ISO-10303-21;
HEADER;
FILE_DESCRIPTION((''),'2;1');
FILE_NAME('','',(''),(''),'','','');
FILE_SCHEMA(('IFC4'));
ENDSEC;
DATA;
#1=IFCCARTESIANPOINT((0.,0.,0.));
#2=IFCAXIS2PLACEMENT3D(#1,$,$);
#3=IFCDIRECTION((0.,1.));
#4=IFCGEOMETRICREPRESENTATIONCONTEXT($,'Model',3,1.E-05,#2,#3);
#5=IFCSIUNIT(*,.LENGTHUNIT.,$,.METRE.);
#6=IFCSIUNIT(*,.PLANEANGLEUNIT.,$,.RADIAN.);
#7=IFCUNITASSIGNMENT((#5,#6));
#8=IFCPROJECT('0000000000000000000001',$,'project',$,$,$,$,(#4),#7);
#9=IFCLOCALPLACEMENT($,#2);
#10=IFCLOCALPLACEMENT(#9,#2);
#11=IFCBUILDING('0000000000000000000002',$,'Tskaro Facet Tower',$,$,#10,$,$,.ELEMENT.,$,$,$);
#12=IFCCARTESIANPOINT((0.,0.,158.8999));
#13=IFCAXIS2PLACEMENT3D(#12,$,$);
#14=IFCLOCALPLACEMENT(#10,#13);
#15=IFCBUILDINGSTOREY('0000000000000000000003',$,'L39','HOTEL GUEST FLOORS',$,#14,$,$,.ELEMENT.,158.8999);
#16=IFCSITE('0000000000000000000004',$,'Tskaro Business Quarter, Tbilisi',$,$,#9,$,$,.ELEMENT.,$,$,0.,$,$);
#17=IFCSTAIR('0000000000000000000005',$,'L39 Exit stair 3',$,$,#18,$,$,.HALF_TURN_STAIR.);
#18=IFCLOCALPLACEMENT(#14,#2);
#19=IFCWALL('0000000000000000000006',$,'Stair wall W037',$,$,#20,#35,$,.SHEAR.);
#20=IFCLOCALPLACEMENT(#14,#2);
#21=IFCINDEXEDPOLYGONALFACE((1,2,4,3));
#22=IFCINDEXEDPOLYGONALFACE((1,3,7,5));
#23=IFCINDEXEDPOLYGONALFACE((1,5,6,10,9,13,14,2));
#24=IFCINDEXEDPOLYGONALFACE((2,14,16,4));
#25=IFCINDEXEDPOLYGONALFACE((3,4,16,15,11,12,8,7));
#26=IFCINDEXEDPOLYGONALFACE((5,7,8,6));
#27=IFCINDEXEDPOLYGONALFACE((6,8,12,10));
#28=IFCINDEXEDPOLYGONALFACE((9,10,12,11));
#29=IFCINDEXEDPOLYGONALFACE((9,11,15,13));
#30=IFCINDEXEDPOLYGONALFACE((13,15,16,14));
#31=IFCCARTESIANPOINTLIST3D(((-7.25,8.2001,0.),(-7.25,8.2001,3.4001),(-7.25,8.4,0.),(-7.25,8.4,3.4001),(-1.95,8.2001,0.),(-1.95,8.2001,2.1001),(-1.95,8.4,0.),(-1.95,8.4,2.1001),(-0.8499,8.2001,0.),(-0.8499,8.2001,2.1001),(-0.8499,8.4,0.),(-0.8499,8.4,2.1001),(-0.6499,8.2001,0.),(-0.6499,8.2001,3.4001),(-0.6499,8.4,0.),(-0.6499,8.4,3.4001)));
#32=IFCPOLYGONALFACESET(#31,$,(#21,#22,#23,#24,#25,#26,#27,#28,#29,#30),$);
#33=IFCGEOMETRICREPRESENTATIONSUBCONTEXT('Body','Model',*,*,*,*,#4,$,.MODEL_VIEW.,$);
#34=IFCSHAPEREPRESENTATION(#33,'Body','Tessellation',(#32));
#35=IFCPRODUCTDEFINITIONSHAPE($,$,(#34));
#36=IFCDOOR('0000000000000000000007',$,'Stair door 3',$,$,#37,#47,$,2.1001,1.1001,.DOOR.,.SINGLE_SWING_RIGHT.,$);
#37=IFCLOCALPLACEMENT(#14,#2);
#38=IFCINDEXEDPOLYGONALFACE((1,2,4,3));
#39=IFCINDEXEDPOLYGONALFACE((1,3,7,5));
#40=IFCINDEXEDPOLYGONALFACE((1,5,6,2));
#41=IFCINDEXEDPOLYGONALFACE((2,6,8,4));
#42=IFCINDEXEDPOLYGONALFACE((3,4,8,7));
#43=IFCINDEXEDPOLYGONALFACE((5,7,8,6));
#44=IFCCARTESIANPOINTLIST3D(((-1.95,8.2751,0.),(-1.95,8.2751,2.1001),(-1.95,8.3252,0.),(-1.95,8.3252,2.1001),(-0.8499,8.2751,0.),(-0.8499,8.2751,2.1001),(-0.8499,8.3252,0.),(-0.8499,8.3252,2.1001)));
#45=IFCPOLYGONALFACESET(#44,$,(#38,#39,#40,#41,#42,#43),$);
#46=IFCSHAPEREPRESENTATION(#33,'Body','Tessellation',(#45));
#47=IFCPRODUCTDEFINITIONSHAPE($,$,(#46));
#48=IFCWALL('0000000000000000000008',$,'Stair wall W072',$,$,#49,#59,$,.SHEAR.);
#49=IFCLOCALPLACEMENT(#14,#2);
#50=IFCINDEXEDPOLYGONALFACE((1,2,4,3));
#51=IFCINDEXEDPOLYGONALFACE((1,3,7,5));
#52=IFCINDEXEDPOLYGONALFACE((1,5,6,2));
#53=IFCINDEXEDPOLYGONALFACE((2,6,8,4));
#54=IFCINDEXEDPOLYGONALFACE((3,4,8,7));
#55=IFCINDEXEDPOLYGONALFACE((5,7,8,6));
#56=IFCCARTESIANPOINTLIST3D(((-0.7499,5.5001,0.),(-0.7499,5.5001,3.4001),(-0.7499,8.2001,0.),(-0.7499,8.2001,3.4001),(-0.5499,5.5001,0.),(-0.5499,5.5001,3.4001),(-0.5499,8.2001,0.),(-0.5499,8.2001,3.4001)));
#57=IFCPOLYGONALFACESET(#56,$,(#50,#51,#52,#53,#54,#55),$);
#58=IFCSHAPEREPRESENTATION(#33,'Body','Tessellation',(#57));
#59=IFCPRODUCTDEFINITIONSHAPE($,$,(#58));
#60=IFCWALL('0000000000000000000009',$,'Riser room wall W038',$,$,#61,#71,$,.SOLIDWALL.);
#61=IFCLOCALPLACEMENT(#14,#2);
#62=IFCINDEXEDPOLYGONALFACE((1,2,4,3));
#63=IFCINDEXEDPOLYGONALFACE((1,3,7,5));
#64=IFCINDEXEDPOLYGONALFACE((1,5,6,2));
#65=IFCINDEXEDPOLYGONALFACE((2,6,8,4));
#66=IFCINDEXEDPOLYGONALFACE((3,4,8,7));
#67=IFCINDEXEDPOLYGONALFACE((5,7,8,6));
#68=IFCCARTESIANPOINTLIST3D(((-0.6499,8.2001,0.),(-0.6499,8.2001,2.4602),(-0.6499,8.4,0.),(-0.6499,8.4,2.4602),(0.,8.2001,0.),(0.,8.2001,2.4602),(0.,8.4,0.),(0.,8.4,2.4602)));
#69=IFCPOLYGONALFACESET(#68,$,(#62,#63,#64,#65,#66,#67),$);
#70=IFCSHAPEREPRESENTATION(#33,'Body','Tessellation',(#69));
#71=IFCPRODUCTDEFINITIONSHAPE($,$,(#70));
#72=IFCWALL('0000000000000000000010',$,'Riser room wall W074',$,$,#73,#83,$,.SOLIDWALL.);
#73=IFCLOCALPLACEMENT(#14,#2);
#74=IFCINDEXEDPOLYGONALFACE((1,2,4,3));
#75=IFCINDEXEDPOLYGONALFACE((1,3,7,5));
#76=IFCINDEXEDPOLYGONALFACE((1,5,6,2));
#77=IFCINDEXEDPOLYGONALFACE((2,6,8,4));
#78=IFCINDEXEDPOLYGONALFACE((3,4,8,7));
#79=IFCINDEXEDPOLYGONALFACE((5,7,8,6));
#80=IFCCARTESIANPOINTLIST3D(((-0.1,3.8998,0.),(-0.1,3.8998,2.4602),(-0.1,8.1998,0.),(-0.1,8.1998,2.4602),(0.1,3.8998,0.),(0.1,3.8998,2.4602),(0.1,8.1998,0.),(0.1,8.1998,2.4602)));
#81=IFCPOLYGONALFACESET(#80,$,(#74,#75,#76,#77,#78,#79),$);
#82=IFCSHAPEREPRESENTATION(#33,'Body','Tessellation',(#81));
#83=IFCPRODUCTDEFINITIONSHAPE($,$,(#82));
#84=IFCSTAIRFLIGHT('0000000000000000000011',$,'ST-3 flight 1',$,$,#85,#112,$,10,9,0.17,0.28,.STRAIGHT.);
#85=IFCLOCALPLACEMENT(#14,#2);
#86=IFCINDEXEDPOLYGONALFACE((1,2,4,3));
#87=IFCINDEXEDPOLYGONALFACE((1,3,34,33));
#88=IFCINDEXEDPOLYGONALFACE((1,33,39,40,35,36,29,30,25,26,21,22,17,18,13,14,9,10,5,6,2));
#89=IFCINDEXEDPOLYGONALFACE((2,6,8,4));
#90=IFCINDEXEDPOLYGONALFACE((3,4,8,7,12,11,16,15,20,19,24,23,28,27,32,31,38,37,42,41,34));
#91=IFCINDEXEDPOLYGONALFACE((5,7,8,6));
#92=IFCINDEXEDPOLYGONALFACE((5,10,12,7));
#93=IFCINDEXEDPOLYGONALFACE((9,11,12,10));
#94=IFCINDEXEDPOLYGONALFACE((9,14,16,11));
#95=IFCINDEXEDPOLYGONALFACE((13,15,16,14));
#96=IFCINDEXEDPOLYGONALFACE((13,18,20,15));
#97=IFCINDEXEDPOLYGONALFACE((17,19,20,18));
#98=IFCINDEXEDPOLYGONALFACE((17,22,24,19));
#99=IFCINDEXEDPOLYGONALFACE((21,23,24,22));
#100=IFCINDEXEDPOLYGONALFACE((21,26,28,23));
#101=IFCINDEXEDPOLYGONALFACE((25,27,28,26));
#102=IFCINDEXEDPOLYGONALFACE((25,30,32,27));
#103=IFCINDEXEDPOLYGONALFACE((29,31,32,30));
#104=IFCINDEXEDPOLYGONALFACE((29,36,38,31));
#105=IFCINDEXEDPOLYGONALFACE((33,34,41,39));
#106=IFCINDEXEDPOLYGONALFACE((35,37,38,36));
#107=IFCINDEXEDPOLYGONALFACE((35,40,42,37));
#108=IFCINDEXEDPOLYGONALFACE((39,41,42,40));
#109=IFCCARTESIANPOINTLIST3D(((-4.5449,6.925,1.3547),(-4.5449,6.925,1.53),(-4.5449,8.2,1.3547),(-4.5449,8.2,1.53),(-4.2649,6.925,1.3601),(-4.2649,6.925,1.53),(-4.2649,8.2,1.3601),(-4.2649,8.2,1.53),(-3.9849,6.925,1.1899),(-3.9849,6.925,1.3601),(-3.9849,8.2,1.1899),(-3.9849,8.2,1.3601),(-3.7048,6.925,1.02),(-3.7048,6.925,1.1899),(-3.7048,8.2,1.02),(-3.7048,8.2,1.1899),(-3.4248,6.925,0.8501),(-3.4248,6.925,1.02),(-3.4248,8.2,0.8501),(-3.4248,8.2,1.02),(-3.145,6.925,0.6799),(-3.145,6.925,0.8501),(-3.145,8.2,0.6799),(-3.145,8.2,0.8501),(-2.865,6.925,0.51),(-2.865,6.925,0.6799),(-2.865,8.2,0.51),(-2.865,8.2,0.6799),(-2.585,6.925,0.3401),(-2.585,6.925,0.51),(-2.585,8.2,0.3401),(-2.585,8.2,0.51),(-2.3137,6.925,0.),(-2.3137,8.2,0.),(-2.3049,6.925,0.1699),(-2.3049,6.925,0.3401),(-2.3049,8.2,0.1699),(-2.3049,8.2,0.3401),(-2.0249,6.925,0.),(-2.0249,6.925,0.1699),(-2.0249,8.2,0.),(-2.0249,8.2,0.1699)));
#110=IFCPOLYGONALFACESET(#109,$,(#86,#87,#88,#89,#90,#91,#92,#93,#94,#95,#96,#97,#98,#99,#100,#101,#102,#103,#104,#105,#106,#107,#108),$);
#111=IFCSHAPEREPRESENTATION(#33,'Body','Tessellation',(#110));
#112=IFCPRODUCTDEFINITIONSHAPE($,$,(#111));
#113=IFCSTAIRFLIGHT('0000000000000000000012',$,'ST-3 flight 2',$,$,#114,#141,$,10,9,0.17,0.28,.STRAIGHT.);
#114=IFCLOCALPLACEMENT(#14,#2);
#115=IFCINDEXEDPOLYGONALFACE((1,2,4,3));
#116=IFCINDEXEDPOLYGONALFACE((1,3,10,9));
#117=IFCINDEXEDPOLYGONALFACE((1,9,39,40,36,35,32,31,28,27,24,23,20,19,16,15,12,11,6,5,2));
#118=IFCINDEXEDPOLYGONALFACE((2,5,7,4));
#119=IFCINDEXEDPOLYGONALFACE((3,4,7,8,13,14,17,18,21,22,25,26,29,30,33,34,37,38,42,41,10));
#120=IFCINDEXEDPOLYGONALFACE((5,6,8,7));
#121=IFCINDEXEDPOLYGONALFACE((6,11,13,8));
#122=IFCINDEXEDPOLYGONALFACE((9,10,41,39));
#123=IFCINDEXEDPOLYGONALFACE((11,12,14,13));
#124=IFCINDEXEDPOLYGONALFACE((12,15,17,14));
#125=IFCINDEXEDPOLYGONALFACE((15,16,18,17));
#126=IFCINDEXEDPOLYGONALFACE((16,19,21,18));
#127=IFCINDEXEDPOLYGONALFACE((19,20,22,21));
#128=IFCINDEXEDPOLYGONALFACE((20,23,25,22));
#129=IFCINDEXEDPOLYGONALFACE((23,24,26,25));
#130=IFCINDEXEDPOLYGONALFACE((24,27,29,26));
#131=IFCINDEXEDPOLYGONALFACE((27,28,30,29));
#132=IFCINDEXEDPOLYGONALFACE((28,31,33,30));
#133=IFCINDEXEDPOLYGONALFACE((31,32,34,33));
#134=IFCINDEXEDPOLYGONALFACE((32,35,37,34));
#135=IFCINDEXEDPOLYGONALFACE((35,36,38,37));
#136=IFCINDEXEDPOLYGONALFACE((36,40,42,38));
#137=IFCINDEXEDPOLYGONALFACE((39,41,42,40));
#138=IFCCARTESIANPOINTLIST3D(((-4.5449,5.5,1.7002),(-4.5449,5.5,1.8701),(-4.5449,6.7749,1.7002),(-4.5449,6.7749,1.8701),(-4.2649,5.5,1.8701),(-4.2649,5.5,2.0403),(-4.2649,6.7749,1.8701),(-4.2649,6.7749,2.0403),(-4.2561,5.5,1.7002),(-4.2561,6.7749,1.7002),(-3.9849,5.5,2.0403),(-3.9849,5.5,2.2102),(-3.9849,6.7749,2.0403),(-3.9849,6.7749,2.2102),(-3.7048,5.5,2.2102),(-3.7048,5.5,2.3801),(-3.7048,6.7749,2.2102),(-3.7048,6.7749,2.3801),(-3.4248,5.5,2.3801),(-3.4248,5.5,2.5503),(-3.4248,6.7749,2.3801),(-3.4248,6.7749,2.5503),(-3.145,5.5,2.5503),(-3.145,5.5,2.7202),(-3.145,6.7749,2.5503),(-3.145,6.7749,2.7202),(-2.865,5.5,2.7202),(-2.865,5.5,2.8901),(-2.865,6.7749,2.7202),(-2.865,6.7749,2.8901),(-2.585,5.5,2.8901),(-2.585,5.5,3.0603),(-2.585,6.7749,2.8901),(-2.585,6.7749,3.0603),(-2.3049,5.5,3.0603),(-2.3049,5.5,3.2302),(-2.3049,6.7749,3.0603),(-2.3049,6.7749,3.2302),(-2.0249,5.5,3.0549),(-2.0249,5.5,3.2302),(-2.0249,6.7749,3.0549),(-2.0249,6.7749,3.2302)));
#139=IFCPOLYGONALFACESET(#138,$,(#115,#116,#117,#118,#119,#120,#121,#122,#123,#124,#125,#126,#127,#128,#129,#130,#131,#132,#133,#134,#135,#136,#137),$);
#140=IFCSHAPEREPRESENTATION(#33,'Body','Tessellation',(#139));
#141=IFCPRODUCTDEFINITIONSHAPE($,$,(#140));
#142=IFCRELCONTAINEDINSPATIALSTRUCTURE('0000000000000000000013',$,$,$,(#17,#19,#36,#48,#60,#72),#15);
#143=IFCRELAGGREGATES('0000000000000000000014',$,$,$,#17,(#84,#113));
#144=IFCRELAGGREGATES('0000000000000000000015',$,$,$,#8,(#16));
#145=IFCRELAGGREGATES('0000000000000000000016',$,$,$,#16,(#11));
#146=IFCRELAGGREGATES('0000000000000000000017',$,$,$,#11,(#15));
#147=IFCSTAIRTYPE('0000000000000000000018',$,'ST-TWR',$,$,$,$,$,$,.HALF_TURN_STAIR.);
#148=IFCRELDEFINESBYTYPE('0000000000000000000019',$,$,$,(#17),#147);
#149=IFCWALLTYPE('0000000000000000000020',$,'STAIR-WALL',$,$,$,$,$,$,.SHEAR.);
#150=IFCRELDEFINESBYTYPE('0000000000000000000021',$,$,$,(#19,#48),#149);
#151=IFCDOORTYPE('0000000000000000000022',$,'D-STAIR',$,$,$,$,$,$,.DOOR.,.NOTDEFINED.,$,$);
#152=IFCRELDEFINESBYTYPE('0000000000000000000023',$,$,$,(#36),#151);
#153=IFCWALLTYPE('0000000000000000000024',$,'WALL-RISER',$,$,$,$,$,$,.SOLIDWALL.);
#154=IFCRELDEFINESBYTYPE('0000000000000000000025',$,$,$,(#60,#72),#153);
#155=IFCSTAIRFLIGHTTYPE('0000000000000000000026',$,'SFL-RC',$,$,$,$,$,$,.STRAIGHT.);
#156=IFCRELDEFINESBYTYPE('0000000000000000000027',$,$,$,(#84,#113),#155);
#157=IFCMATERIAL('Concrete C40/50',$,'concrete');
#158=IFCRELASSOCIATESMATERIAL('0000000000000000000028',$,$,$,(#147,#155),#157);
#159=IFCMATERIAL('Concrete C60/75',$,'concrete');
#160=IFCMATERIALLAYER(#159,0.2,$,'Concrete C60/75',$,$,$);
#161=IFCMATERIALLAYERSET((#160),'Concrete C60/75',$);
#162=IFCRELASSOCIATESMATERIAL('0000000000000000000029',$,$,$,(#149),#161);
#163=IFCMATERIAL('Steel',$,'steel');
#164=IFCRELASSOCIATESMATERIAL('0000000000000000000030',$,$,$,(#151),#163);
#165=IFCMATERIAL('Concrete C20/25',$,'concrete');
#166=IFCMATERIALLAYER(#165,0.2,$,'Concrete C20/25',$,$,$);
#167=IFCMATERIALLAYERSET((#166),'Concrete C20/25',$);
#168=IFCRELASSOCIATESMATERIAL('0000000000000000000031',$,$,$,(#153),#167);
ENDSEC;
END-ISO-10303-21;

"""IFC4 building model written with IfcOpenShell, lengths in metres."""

from ifc_helpers import new_model, si_unit, direction, frame, frame_2d, origin, place, context, subcontext, project, spatial, polyline, rectangle, outline, extrude, material, layer, layer_set, type_object, element, fill, aggregate, save


model = new_model("IFC4")

# Units and contexts
model_context = context("Model", 3, precision=1e-05, world=origin(), true_north=direction((0.0, 1.0)))
body_context = subcontext(model_context, "Body", "Model", "MODEL_VIEW")
ifc_project = project(units=[si_unit("LENGTHUNIT", "METRE"), si_unit("PLANEANGLEUNIT", "RADIAN")], contexts=[model_context])

# Site, building, storey
site_placement = place(None, origin())
site = spatial("IfcSite", under=ifc_project, at=site_placement, Name="Tskaro Business Quarter, Tbilisi", CompositionType="ELEMENT", RefElevation=0.0)
building_placement = place(site_placement, origin())
building = spatial("IfcBuilding", under=site, at=building_placement, Name="Tskaro Facet Tower", CompositionType="ELEMENT")
storey_placement = place(building_placement, frame((0.0, 0.0, 158.8999)))
storey = spatial("IfcBuildingStorey", under=building, at=storey_placement, Name="L39", Description="HOTEL GUEST FLOORS", CompositionType="ELEMENT", Elevation=158.8999)

# Stair
ifc_material_1 = material(Name="Concrete C40/50", Category="concrete")
stair_type = type_object("IfcStairType", Name="ST-TWR", PredefinedType="HALF_TURN_STAIR", material=ifc_material_1)
stair_1_placement = place(storey_placement, origin())
stair_1 = element("IfcStair", 1, at=stair_1_placement, inside=storey, type_object=stair_type, Name="L39 Exit stair 3", PredefinedType="HALF_TURN_STAIR")

# Shared definitions
ifc_material_2 = material(Name="Concrete C60/75", Category="concrete")

# Wall, opening, door
ifc_layer_1 = layer(ifc_material_2, 0.2, Name="Concrete C60/75")
ifc_layer_set_1 = layer_set([ifc_layer_1], Name="Concrete C60/75")
wall_type_1 = type_object("IfcWallType", Name="STAIR-WALL", PredefinedType="SHEAR", material=ifc_layer_set_1)
wall_1_placement = place(storey_placement, frame((-0.6499, 8.3, 0.0), z_axis=(0.0, 0.0, 1.0), x_axis=(-1.0, 0.0, 0.0)))
wall_1 = element("IfcWall", 2, at=wall_1_placement, inside=storey, type_object=wall_type_1, Name="Stair wall W037", PredefinedType="SHEAR", context=body_context, shape_type="SweptSolid", body=[
    extrude(rectangle(XDim=6.6001, YDim=0.2, at=frame_2d((3.3, 0.0))), origin(), (0.0, 0.0, 1.0), 3.4001),
])
opening_placement = place(wall_1_placement, frame((0.2, 0.0, 0.0)))
opening = element("IfcOpeningElement", 3, at=opening_placement, cuts=wall_1, PredefinedType="OPENING", context=body_context, shape_type="SweptSolid", body=[
    extrude(rectangle(XDim=1.1001, YDim=2.1001, at=frame_2d((0.55, 1.05))), frame((0.0, 0.1099, 0.0), z_axis=(0.0, -1.0, 0.0), x_axis=(1.0, 0.0, 0.0)), (0.0, 0.0, 1.0), 0.22),
])
ifc_material_3 = material(Name="Steel", Category="steel")
door_type = type_object("IfcDoorType", Name="D-STAIR", OperationType="NOTDEFINED", PredefinedType="DOOR", material=ifc_material_3)
door_placement = place(opening_placement, origin())
door = element("IfcDoor", 4, at=door_placement, inside=storey, type_object=door_type, Name="Stair door 3", OperationType="SINGLE_SWING_RIGHT", OverallHeight=2.1001, OverallWidth=1.1001, PredefinedType="DOOR", context=body_context, shape_type="SweptSolid", body=[
    extrude(rectangle(XDim=1.1001, YDim=2.1001, at=frame_2d((0.55, 1.05))), frame((0.0, 0.0249, 0.0), z_axis=(0.0, -1.0, 0.0), x_axis=(1.0, 0.0, 0.0)), (0.0, 0.0, 1.0), 0.05),
])
fill(opening, door)

# Walls
wall_2_placement = place(storey_placement, frame((-0.6499, 5.5, 0.0), z_axis=(0.0, 0.0, 1.0), x_axis=(0.0, 1.0, 0.0)))
element("IfcWall", 5, at=wall_2_placement, inside=storey, type_object=wall_type_1, Name="Stair wall W072", PredefinedType="SHEAR", context=body_context, shape_type="SweptSolid", body=[
    extrude(rectangle(XDim=2.7, YDim=0.2, at=frame_2d((1.3501, 0.0))), origin(), (0.0, 0.0, 1.0), 3.4001),
])
ifc_material_4 = material(Name="Concrete C20/25", Category="concrete")
ifc_layer_2 = layer(ifc_material_4, 0.2, Name="Concrete C20/25")
ifc_layer_set_2 = layer_set([ifc_layer_2], Name="Concrete C20/25")
wall_type_2 = type_object("IfcWallType", Name="WALL-RISER", PredefinedType="SOLIDWALL", material=ifc_layer_set_2)
wall_3_placement = place(storey_placement, frame((-0.6499, 8.3, 0.0), z_axis=(0.0, 0.0, 1.0), x_axis=(1.0, 0.0, 0.0)))
element("IfcWall", 6, at=wall_3_placement, inside=storey, type_object=wall_type_2, Name="Riser room wall W038", PredefinedType="SOLIDWALL", context=body_context, shape_type="SweptSolid", body=[
    extrude(rectangle(XDim=0.6499, YDim=0.2, at=frame_2d((0.325, 0.0))), origin(), (0.0, 0.0, 1.0), 2.4602),
])
wall_4_placement = place(storey_placement, frame((0.0, 3.8999, 0.0), z_axis=(0.0, 0.0, 1.0), x_axis=(0.0, 1.0, 0.0)))
element("IfcWall", 7, at=wall_4_placement, inside=storey, type_object=wall_type_2, Name="Riser room wall W074", PredefinedType="SOLIDWALL", context=body_context, shape_type="SweptSolid", body=[
    extrude(rectangle(XDim=4.3, YDim=0.2, at=frame_2d((2.1499, 0.0))), origin(), (0.0, 0.0, 1.0), 2.4602),
])

# Stair flights
stair_flight_type = type_object("IfcStairFlightType", Name="SFL-RC", PredefinedType="STRAIGHT", material=ifc_material_1)
stair_flight_1_placement = place(storey_placement, frame((-2.0249, 7.5625, 0.0), z_axis=(0.0, 0.0, 1.0), x_axis=(-1.0, 0.0, 0.0)))
stair_flight_1 = element("IfcStairFlight", 8, at=stair_flight_1_placement, type_object=stair_flight_type, Name="ST-3 flight 1", NumberOfRisers=10, NumberOfTreads=9, PredefinedType="STRAIGHT", RiserHeight=0.17, TreadLength=0.28, context=body_context, shape_type="SweptSolid", body=[
    extrude(outline(polyline([(0.0, 0.0), (0.0, 0.1699), (0.28, 0.1699), (0.28, 0.3401), (0.5601, 0.3401), (0.5601, 0.51), (0.8401, 0.51), (0.8401, 0.6799), (1.1201, 0.6799), (1.1201, 0.8501), (1.3999, 0.8501), (1.3999, 1.02), (1.6799, 1.02), (1.6799, 1.1899), (1.96, 1.1899), (1.96, 1.3601), (2.24, 1.3601), (2.24, 1.53), (2.52, 1.53), (2.52, 1.7), (2.52, 1.3547), (0.2888, 0.0), (0.0, 0.0)])), frame((0.0, 0.6375, 0.0), z_axis=(0.0, -1.0, 0.0), x_axis=(1.0, 0.0, 0.0)), (0.0, 0.0, 1.0), 1.2749),
])
stair_flight_2_placement = place(storey_placement, frame((-4.5449, 6.1375, 1.7002), z_axis=(0.0, 0.0, 1.0), x_axis=(1.0, 0.0, 0.0)))
stair_flight_2 = element("IfcStairFlight", 9, at=stair_flight_2_placement, type_object=stair_flight_type, Name="ST-3 flight 2", NumberOfRisers=10, NumberOfTreads=9, PredefinedType="STRAIGHT", RiserHeight=0.17, TreadLength=0.28, context=body_context, shape_type="SweptSolid", body=[
    extrude(outline(polyline([(0.0, 0.0), (0.0, 0.1699), (0.28, 0.1699), (0.28, 0.3401), (0.5601, 0.3401), (0.5601, 0.51), (0.8401, 0.51), (0.8401, 0.6799), (1.1201, 0.6799), (1.1201, 0.8501), (1.3999, 0.8501), (1.3999, 1.02), (1.6799, 1.02), (1.6799, 1.1899), (1.96, 1.1899), (1.96, 1.3601), (2.24, 1.3601), (2.24, 1.53), (2.52, 1.53), (2.52, 1.7), (2.52, 1.3547), (0.2888, 0.0), (0.0, 0.0)])), frame((0.0, 0.6375, 0.0), z_axis=(0.0, -1.0, 0.0), x_axis=(1.0, 0.0, 0.0)), (0.0, 0.0, 1.0), 1.2749),
])
aggregate(stair_1, [stair_flight_1, stair_flight_2])

save(model, "model.ifc")
